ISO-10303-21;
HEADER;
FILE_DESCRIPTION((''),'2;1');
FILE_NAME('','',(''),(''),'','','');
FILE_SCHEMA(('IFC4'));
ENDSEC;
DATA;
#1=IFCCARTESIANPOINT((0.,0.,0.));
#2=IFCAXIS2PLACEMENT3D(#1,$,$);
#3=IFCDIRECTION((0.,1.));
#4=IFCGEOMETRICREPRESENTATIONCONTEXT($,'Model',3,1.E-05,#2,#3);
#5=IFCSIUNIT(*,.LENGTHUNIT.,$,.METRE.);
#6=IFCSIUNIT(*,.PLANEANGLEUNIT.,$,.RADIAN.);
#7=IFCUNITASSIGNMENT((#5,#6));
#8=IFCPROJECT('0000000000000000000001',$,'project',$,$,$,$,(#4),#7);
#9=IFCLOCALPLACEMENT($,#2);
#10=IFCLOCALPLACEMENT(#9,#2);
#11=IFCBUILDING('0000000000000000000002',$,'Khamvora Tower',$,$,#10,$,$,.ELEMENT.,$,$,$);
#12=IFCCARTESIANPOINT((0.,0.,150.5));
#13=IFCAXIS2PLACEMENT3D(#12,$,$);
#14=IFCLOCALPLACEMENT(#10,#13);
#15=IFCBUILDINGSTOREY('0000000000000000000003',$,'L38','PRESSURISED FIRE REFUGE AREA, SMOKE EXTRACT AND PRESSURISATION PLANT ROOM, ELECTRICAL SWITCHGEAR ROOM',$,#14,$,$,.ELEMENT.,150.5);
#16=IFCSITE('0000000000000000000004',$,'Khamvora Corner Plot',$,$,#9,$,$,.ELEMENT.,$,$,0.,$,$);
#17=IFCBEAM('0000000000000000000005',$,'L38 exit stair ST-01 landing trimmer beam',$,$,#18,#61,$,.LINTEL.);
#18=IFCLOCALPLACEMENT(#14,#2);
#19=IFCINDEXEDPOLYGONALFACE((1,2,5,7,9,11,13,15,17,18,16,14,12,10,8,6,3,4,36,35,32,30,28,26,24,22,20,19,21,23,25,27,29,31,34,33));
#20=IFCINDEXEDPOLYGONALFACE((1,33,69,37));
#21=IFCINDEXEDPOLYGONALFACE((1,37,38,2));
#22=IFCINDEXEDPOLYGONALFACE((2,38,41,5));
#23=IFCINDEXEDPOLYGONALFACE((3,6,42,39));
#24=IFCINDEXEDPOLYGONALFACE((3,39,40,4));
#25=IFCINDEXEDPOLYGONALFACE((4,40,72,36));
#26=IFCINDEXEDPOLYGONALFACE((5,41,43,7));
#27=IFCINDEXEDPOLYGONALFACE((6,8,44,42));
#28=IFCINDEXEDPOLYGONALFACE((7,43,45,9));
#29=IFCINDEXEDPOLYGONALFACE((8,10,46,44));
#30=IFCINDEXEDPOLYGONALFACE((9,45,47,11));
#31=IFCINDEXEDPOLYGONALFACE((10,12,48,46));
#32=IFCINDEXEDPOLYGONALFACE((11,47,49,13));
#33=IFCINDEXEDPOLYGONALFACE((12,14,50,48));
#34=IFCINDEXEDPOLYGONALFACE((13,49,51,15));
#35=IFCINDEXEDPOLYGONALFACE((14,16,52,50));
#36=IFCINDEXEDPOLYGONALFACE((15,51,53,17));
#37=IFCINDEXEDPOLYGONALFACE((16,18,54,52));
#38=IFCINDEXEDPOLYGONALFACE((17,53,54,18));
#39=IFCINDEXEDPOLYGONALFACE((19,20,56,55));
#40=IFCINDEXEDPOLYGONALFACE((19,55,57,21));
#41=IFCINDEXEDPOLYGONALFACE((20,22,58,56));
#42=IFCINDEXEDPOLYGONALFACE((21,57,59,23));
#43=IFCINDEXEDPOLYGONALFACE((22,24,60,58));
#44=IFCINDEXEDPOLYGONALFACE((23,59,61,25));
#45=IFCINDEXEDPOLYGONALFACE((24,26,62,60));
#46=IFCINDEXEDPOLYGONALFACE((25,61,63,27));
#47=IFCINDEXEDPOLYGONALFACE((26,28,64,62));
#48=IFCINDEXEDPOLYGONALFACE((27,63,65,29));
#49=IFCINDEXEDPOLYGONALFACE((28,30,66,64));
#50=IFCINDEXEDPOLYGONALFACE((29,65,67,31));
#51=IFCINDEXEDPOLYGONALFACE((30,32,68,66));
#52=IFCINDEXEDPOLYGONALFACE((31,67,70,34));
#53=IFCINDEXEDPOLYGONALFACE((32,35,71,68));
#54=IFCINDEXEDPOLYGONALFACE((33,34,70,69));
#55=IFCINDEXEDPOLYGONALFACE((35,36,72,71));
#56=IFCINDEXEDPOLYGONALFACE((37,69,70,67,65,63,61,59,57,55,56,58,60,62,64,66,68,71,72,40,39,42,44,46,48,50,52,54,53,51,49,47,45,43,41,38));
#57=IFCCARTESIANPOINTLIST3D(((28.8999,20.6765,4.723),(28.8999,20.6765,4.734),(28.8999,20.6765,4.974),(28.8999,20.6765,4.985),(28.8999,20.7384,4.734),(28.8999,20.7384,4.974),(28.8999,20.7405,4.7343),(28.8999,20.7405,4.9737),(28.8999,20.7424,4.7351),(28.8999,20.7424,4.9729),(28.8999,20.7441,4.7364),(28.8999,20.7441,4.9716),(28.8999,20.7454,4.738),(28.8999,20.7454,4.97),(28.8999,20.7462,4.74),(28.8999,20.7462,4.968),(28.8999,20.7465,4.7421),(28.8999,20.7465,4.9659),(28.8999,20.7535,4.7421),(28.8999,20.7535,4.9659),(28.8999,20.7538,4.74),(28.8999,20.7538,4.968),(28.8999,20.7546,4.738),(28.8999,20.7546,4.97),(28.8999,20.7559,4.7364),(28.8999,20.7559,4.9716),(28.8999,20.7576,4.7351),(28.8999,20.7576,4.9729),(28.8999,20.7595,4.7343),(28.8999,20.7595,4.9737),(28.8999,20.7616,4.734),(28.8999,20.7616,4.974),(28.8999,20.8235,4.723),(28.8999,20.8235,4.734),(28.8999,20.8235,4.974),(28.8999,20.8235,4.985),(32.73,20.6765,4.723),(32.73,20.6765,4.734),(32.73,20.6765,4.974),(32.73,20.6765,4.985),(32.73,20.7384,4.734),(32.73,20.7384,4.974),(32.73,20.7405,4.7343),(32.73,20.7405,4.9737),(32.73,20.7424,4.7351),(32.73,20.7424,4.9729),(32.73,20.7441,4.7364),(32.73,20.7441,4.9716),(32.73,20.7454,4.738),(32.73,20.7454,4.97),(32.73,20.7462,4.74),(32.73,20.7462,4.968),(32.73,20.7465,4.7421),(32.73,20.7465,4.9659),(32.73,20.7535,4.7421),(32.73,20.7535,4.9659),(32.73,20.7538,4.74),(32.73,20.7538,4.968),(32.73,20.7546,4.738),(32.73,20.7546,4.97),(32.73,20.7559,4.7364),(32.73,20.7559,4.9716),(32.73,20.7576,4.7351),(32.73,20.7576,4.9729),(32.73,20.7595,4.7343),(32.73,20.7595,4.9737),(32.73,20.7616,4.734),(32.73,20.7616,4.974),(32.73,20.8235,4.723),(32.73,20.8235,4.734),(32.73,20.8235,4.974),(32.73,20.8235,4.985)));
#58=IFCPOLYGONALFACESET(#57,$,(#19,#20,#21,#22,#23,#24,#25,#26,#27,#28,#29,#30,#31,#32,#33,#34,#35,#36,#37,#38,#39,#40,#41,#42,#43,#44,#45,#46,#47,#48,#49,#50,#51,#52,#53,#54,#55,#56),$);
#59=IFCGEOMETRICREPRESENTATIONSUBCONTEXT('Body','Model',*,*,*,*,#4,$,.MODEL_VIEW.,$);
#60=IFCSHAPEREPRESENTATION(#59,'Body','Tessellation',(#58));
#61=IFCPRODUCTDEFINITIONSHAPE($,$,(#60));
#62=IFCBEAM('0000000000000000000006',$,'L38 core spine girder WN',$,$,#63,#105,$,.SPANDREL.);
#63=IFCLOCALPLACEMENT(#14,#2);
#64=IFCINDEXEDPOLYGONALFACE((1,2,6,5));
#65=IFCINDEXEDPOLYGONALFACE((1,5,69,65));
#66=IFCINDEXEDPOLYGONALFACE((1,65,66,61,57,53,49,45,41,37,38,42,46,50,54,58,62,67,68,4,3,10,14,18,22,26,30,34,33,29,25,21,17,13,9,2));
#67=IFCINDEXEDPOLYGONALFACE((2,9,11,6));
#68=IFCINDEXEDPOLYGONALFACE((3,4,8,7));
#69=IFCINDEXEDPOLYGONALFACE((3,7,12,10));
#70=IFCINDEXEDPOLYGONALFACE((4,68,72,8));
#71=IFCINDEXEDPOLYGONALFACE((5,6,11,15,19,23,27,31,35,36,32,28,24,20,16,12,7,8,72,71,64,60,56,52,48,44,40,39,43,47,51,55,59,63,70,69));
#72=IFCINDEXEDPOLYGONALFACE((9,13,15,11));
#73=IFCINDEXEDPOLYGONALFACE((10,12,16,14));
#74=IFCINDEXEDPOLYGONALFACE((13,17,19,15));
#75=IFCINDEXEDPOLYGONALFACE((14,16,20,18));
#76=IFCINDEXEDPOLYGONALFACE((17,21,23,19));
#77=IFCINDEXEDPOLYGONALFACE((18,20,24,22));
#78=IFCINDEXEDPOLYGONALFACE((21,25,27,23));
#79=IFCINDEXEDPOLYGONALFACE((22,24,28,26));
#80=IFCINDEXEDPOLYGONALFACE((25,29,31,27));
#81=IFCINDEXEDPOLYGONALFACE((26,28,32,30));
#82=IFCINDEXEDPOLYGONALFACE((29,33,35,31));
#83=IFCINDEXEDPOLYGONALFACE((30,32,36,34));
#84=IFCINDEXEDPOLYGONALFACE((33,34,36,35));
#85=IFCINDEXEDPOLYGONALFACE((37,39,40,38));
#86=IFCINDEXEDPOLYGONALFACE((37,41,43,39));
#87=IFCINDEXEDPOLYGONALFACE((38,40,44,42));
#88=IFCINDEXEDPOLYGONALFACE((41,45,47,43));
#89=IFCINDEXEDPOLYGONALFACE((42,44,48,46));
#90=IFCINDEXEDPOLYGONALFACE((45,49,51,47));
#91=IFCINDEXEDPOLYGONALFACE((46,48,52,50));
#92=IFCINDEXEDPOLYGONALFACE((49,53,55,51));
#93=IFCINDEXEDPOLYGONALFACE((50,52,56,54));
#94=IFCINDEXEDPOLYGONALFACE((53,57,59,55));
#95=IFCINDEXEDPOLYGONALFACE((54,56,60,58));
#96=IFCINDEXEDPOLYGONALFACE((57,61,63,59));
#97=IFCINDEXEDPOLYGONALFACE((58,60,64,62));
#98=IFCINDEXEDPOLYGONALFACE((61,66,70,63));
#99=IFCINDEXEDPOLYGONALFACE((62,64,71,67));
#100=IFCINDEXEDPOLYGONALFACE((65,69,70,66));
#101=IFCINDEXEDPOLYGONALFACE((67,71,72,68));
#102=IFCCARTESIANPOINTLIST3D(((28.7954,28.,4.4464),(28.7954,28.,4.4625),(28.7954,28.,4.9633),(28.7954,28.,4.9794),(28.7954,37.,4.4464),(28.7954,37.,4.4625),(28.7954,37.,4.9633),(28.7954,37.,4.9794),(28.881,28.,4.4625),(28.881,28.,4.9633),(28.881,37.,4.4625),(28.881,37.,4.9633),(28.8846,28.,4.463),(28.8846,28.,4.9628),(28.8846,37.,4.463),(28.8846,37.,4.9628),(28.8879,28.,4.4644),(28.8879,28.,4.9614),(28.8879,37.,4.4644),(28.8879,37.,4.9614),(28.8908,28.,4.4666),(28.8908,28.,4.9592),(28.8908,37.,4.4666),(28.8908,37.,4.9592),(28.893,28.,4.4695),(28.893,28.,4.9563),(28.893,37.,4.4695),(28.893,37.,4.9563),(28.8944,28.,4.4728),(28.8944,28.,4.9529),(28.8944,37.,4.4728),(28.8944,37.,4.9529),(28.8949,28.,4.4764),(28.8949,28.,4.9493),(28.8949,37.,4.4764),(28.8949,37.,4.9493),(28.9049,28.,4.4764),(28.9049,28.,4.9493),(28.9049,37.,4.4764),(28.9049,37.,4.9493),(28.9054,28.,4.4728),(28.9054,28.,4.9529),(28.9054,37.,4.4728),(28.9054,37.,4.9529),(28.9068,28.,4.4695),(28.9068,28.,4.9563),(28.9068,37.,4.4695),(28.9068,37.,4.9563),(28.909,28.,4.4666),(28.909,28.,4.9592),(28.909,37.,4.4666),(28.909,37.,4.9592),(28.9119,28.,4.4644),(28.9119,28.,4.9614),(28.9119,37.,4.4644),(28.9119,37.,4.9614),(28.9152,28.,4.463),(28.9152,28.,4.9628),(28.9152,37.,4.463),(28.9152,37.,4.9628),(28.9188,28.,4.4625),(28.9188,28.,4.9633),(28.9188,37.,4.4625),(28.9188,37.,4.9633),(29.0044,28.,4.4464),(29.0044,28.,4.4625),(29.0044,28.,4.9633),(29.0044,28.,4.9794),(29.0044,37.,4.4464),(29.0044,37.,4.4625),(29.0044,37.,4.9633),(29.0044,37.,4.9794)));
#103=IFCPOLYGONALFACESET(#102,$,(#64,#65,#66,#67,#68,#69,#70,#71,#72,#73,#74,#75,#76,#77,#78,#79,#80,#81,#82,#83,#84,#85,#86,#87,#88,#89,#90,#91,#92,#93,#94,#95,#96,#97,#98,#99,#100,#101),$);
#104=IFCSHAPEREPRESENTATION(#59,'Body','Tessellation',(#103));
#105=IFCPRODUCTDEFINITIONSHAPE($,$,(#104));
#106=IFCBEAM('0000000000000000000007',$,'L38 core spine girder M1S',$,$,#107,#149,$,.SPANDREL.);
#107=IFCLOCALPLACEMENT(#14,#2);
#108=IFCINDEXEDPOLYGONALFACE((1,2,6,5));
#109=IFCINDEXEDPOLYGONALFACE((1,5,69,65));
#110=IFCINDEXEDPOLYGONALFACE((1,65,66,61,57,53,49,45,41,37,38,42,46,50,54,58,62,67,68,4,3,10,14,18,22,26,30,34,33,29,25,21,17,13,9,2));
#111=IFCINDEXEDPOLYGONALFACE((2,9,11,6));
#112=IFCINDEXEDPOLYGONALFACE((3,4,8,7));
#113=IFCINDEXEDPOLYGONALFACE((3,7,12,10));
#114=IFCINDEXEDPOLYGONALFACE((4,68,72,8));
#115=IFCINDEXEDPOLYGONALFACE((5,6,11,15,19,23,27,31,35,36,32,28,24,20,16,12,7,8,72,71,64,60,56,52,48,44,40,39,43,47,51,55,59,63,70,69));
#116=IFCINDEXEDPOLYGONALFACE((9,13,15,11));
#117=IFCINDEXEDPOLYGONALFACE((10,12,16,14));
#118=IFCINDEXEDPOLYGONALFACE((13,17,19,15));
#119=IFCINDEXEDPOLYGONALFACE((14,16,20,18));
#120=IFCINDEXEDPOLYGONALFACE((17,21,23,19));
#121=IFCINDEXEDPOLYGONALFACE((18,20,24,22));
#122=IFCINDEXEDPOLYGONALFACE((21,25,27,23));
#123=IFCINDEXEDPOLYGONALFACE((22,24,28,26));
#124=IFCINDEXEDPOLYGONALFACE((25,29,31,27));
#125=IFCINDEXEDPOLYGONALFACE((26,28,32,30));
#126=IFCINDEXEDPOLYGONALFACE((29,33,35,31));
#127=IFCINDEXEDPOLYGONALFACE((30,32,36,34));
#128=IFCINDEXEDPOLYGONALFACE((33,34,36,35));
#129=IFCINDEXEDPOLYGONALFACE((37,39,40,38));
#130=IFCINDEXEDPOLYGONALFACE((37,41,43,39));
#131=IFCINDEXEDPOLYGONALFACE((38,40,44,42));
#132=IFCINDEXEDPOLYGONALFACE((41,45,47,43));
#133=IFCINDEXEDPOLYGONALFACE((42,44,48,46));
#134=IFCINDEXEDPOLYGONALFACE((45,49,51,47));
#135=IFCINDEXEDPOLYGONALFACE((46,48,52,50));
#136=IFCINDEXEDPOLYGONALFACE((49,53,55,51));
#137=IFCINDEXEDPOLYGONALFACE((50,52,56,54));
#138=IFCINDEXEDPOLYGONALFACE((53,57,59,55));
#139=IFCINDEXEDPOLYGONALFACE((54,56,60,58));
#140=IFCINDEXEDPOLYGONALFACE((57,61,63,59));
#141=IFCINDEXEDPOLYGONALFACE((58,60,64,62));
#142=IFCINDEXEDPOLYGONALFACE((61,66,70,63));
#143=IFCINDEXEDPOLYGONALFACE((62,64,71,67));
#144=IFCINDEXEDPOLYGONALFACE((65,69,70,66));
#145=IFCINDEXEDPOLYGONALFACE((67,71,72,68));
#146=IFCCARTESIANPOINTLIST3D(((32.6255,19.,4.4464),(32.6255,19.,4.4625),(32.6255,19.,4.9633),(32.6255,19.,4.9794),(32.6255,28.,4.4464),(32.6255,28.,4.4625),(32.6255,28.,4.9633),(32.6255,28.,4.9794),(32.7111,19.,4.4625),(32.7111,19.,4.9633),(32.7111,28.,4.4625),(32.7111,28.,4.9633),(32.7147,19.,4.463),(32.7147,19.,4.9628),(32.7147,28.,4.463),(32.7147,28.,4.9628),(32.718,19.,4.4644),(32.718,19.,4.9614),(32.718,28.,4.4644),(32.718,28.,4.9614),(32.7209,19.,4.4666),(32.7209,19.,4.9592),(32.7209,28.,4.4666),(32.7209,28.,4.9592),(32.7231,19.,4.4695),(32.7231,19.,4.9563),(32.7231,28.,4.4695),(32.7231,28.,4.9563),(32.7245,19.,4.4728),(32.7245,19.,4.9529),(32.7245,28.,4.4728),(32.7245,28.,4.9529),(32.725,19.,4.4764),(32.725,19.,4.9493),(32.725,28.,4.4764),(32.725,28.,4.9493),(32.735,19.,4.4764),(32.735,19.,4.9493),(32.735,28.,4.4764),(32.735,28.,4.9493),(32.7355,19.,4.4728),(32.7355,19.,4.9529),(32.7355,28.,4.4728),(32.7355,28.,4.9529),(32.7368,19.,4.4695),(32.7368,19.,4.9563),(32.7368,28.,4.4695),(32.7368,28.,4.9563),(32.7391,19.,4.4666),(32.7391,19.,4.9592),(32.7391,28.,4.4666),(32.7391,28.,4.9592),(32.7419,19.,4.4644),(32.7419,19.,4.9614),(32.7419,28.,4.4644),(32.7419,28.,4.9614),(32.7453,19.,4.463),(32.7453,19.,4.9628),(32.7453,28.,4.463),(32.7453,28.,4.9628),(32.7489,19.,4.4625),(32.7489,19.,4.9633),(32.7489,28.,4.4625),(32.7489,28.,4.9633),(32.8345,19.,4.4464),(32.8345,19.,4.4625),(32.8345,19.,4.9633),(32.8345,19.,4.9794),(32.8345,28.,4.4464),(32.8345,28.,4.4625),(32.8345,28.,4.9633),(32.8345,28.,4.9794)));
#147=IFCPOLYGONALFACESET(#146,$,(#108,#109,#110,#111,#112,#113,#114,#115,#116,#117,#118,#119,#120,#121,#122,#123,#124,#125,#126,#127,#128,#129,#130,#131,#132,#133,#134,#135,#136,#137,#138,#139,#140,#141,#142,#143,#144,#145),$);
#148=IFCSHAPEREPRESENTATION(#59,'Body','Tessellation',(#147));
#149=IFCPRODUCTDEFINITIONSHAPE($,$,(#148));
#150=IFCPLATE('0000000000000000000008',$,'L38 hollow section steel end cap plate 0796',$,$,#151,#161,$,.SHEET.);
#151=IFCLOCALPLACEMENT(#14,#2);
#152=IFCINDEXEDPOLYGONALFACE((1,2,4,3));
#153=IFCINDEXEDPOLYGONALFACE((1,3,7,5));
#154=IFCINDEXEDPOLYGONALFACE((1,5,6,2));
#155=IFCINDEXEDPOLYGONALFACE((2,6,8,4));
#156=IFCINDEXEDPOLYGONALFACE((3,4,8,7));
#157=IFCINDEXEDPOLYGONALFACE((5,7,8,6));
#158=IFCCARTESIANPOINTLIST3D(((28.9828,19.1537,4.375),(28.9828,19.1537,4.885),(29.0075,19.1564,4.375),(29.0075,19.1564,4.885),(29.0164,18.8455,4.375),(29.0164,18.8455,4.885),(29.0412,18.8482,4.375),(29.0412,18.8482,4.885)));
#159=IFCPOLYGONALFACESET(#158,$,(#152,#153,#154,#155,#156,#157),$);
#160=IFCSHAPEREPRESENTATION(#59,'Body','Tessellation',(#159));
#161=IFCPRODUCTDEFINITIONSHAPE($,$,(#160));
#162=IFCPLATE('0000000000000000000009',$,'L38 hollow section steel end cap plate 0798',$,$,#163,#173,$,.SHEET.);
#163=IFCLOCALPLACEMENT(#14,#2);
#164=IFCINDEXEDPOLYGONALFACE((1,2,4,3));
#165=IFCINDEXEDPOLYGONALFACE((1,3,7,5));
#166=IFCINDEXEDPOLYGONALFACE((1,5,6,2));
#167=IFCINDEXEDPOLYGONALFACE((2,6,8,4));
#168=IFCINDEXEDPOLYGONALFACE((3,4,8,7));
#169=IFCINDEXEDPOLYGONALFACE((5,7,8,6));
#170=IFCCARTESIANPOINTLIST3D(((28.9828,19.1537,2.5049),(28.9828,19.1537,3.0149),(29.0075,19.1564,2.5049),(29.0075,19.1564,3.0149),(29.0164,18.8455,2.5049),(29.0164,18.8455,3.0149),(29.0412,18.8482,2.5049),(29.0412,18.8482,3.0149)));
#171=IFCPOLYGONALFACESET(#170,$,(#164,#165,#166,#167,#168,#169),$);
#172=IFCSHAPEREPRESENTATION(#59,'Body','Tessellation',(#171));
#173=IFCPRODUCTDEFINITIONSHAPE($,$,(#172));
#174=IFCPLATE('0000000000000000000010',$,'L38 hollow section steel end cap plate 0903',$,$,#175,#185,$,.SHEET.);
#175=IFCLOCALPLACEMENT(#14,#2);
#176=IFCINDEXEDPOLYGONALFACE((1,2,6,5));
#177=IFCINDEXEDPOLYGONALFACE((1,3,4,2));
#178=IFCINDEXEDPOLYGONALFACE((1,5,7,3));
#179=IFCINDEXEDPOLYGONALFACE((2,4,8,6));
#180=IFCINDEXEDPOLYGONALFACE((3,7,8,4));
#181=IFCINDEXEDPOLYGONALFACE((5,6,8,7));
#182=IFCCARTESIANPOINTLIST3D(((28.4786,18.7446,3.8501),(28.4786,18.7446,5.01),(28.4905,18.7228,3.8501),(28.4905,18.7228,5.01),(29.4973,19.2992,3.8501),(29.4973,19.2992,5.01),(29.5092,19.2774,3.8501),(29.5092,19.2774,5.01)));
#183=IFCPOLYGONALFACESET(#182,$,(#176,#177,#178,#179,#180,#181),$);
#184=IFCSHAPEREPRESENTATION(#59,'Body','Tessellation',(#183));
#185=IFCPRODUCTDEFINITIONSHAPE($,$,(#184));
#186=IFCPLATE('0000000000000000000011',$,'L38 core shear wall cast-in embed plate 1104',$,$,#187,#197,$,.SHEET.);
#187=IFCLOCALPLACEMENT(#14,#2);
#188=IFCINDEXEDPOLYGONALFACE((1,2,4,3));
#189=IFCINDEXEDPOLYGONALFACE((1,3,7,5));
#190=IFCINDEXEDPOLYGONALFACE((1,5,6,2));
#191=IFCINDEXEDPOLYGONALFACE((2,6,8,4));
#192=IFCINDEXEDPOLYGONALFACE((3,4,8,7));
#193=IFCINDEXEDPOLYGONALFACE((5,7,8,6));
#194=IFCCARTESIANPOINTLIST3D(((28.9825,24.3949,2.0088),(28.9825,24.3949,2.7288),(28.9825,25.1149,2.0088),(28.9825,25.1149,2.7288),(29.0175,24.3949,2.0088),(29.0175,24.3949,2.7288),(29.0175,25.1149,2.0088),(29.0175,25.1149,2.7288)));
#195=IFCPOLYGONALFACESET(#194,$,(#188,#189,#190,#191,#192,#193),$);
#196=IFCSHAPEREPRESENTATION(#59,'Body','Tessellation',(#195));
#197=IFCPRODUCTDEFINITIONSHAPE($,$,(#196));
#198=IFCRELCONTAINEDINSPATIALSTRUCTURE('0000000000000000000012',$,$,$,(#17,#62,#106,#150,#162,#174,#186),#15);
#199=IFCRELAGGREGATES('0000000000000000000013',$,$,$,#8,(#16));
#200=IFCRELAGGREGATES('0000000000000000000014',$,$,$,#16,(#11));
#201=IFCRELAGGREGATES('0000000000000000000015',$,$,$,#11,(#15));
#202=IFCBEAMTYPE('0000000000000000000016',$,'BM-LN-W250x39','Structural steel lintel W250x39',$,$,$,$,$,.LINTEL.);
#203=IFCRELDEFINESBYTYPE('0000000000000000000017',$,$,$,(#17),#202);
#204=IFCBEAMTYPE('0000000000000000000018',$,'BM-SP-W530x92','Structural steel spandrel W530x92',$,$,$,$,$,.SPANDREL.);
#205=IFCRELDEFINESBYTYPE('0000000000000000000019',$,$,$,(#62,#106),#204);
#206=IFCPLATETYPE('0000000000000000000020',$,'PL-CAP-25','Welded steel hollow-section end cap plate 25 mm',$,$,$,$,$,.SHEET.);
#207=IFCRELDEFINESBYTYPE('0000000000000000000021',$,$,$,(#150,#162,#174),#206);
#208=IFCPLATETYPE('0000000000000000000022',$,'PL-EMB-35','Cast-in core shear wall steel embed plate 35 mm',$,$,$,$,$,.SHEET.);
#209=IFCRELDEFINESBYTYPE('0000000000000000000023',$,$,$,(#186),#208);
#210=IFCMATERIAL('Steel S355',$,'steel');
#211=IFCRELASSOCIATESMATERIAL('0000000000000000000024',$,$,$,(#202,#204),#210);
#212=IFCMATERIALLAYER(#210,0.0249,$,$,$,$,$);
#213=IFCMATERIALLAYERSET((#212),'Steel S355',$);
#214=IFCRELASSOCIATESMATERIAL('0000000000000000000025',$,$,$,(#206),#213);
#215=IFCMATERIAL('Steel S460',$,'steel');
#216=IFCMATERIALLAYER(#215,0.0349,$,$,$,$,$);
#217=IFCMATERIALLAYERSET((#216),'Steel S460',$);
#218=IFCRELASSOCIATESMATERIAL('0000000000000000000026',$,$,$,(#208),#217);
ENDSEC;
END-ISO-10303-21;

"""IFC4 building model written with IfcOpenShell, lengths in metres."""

from ifc_helpers import new_model, si_unit, direction, frame, origin, origin_2d, place, context, subcontext, project, spatial, rectangle, i_section, extrude, material, layer, layer_set, material_profile, profile_set, type_object, element, save


model = new_model("IFC4")

# Units and contexts
model_context = context("Model", 3, precision=1e-05, world=origin(), true_north=direction((0.0, 1.0)))
body_context = subcontext(model_context, "Body", "Model", "MODEL_VIEW")
ifc_project = project(units=[si_unit("LENGTHUNIT", "METRE"), si_unit("PLANEANGLEUNIT", "RADIAN")], contexts=[model_context])

# Site, building, storey
site_placement = place(None, origin())
site = spatial("IfcSite", under=ifc_project, at=site_placement, Name="Khamvora Corner Plot", CompositionType="ELEMENT", RefElevation=0.0)
building_placement = place(site_placement, origin())
building = spatial("IfcBuilding", under=site, at=building_placement, Name="Khamvora Tower", CompositionType="ELEMENT")
storey_placement = place(building_placement, frame((0.0, 0.0, 150.5)))
storey = spatial("IfcBuildingStorey", under=building, at=storey_placement, Name="L38", Description="PRESSURISED FIRE REFUGE AREA, SMOKE EXTRACT AND PRESSURISATION PLANT ROOM, ELECTRICAL SWITCHGEAR ROOM", CompositionType="ELEMENT", Elevation=150.5)

# Shared definitions
ifc_material_1 = material(Name="Steel S460", Category="steel")

# Beams
ifc_material_2 = material(Name="Steel S355", Category="steel")
ifc_material_profile_1 = material_profile(ifc_material_2, i_section(OverallWidth=0.147, OverallDepth=0.262, WebThickness=0.0071, FlangeThickness=0.011, FilletRadius=0.0081, at=origin_2d()), Name="W250x39")
ifc_profile_set_1 = profile_set([ifc_material_profile_1], Name="Steel S355")
beam_type_1 = type_object("IfcBeamType", Name="BM-LN-W250x39", Description="Structural steel lintel W250x39", PredefinedType="LINTEL", material=ifc_profile_set_1)
beam_1_placement = place(storey_placement, frame((28.8999, 20.75, 4.854), z_axis=(1.0, 0.0, 0.0), x_axis=(0.0, 1.0, 0.0)))
element("IfcBeam", 1, at=beam_1_placement, inside=storey, type_object=beam_type_1, Name="L38 exit stair ST-01 landing trimmer beam", PredefinedType="LINTEL", context=body_context, shape_type="SweptSolid", body=[
    extrude(i_section(OverallWidth=0.147, OverallDepth=0.262, WebThickness=0.0071, FlangeThickness=0.011, FilletRadius=0.0081, at=origin_2d()), origin(), (0.0, 0.0, 1.0), 3.8301),
])
ifc_material_profile_2 = material_profile(ifc_material_2, i_section(OverallWidth=0.209, OverallDepth=0.533, WebThickness=0.01, FlangeThickness=0.0161, FilletRadius=0.0139, at=origin_2d()), Name="W530x92")
ifc_profile_set_2 = profile_set([ifc_material_profile_2], Name="Steel S355")
beam_type_2 = type_object("IfcBeamType", Name="BM-SP-W530x92", Description="Structural steel spandrel W530x92", PredefinedType="SPANDREL", material=ifc_profile_set_2)
for number, where, z_axis, x_axis, name in (
    (2, (28.8999, 28.0, 4.7129), (0.0, 1.0, 0.0), (-1.0, 0.0, 0.0), "L38 core spine girder WN"),
    (3, (32.73, 19.0, 4.7129), (0.0, 1.0, 0.0), (-1.0, 0.0, 0.0), "L38 core spine girder M1S"),
):
    element("IfcBeam", number, at=place(storey_placement, frame(where, z_axis=z_axis, x_axis=x_axis)), inside=storey, type_object=beam_type_2, Name=name, PredefinedType="SPANDREL", context=body_context, shape_type="SweptSolid", body=[
        extrude(i_section(OverallWidth=0.209, OverallDepth=0.533, WebThickness=0.01, FlangeThickness=0.0161, FilletRadius=0.0139, at=origin_2d()), origin(), (0.0, 0.0, 1.0), 9.0),
    ])

# Plates
ifc_layer_1 = layer(ifc_material_2, 0.0249)
ifc_layer_set_1 = layer_set([ifc_layer_1], Name="Steel S355")
plate_type_1 = type_object("IfcPlateType", Name="PL-CAP-25", Description="Welded steel hollow-section end cap plate 25 mm", PredefinedType="SHEET", material=ifc_layer_set_1)
for number, where, z_axis, x_axis, name in (
    (4, (29.012, 19.001, 4.375), (0.0, 0.0, 1.0), (-0.994102, -0.10845, 0.0), "L38 hollow section steel end cap plate 0796"),
    (5, (29.012, 19.001, 2.5049), (0.0, 0.0, 1.0), (-0.994102, -0.10845, 0.0), "L38 hollow section steel end cap plate 0798"),
):
    element("IfcPlate", number, at=place(storey_placement, frame(where, z_axis=z_axis, x_axis=x_axis)), inside=storey, type_object=plate_type_1, Name=name, PredefinedType="SHEET", context=body_context, shape_type="SweptSolid", body=[
        extrude(rectangle(XDim=0.0249, YDim=0.3101, at=origin_2d()), origin(), (0.0, 0.0, 1.0), 0.51),
    ])
plate_1_placement = place(storey_placement, frame((28.9939, 19.011, 3.8501), z_axis=(0.0, 0.0, 1.0), x_axis=(0.47814, -0.878284, 0.0)))
element("IfcPlate", 6, at=plate_1_placement, inside=storey, type_object=plate_type_1, Name="L38 hollow section steel end cap plate 0903", PredefinedType="SHEET", context=body_context, shape_type="SweptSolid", body=[
    extrude(rectangle(XDim=0.0249, YDim=1.1599, at=origin_2d()), origin(), (0.0, 0.0, 1.0), 1.1599),
])
ifc_layer_2 = layer(ifc_material_1, 0.0349)
ifc_layer_set_2 = layer_set([ifc_layer_2], Name="Steel S460")
plate_type_2 = type_object("IfcPlateType", Name="PL-EMB-35", Description="Cast-in core shear wall steel embed plate 35 mm", PredefinedType="SHEET", material=ifc_layer_set_2)
for number, where, z_axis, x_axis, name in (
    (7, (29.0, 24.7549, 2.0088), (0.0, 0.0, 1.0), (1.0, 0.0, 0.0), "L38 core shear wall cast-in embed plate 1104"),
):
    element("IfcPlate", number, at=place(storey_placement, frame(where, z_axis=z_axis, x_axis=x_axis)), inside=storey, type_object=plate_type_2, Name=name, PredefinedType="SHEET", context=body_context, shape_type="SweptSolid", body=[
        extrude(rectangle(XDim=0.0349, YDim=0.72, at=origin_2d()), origin(), (0.0, 0.0, 1.0), 0.72),
    ])

save(model, "model.ifc")
